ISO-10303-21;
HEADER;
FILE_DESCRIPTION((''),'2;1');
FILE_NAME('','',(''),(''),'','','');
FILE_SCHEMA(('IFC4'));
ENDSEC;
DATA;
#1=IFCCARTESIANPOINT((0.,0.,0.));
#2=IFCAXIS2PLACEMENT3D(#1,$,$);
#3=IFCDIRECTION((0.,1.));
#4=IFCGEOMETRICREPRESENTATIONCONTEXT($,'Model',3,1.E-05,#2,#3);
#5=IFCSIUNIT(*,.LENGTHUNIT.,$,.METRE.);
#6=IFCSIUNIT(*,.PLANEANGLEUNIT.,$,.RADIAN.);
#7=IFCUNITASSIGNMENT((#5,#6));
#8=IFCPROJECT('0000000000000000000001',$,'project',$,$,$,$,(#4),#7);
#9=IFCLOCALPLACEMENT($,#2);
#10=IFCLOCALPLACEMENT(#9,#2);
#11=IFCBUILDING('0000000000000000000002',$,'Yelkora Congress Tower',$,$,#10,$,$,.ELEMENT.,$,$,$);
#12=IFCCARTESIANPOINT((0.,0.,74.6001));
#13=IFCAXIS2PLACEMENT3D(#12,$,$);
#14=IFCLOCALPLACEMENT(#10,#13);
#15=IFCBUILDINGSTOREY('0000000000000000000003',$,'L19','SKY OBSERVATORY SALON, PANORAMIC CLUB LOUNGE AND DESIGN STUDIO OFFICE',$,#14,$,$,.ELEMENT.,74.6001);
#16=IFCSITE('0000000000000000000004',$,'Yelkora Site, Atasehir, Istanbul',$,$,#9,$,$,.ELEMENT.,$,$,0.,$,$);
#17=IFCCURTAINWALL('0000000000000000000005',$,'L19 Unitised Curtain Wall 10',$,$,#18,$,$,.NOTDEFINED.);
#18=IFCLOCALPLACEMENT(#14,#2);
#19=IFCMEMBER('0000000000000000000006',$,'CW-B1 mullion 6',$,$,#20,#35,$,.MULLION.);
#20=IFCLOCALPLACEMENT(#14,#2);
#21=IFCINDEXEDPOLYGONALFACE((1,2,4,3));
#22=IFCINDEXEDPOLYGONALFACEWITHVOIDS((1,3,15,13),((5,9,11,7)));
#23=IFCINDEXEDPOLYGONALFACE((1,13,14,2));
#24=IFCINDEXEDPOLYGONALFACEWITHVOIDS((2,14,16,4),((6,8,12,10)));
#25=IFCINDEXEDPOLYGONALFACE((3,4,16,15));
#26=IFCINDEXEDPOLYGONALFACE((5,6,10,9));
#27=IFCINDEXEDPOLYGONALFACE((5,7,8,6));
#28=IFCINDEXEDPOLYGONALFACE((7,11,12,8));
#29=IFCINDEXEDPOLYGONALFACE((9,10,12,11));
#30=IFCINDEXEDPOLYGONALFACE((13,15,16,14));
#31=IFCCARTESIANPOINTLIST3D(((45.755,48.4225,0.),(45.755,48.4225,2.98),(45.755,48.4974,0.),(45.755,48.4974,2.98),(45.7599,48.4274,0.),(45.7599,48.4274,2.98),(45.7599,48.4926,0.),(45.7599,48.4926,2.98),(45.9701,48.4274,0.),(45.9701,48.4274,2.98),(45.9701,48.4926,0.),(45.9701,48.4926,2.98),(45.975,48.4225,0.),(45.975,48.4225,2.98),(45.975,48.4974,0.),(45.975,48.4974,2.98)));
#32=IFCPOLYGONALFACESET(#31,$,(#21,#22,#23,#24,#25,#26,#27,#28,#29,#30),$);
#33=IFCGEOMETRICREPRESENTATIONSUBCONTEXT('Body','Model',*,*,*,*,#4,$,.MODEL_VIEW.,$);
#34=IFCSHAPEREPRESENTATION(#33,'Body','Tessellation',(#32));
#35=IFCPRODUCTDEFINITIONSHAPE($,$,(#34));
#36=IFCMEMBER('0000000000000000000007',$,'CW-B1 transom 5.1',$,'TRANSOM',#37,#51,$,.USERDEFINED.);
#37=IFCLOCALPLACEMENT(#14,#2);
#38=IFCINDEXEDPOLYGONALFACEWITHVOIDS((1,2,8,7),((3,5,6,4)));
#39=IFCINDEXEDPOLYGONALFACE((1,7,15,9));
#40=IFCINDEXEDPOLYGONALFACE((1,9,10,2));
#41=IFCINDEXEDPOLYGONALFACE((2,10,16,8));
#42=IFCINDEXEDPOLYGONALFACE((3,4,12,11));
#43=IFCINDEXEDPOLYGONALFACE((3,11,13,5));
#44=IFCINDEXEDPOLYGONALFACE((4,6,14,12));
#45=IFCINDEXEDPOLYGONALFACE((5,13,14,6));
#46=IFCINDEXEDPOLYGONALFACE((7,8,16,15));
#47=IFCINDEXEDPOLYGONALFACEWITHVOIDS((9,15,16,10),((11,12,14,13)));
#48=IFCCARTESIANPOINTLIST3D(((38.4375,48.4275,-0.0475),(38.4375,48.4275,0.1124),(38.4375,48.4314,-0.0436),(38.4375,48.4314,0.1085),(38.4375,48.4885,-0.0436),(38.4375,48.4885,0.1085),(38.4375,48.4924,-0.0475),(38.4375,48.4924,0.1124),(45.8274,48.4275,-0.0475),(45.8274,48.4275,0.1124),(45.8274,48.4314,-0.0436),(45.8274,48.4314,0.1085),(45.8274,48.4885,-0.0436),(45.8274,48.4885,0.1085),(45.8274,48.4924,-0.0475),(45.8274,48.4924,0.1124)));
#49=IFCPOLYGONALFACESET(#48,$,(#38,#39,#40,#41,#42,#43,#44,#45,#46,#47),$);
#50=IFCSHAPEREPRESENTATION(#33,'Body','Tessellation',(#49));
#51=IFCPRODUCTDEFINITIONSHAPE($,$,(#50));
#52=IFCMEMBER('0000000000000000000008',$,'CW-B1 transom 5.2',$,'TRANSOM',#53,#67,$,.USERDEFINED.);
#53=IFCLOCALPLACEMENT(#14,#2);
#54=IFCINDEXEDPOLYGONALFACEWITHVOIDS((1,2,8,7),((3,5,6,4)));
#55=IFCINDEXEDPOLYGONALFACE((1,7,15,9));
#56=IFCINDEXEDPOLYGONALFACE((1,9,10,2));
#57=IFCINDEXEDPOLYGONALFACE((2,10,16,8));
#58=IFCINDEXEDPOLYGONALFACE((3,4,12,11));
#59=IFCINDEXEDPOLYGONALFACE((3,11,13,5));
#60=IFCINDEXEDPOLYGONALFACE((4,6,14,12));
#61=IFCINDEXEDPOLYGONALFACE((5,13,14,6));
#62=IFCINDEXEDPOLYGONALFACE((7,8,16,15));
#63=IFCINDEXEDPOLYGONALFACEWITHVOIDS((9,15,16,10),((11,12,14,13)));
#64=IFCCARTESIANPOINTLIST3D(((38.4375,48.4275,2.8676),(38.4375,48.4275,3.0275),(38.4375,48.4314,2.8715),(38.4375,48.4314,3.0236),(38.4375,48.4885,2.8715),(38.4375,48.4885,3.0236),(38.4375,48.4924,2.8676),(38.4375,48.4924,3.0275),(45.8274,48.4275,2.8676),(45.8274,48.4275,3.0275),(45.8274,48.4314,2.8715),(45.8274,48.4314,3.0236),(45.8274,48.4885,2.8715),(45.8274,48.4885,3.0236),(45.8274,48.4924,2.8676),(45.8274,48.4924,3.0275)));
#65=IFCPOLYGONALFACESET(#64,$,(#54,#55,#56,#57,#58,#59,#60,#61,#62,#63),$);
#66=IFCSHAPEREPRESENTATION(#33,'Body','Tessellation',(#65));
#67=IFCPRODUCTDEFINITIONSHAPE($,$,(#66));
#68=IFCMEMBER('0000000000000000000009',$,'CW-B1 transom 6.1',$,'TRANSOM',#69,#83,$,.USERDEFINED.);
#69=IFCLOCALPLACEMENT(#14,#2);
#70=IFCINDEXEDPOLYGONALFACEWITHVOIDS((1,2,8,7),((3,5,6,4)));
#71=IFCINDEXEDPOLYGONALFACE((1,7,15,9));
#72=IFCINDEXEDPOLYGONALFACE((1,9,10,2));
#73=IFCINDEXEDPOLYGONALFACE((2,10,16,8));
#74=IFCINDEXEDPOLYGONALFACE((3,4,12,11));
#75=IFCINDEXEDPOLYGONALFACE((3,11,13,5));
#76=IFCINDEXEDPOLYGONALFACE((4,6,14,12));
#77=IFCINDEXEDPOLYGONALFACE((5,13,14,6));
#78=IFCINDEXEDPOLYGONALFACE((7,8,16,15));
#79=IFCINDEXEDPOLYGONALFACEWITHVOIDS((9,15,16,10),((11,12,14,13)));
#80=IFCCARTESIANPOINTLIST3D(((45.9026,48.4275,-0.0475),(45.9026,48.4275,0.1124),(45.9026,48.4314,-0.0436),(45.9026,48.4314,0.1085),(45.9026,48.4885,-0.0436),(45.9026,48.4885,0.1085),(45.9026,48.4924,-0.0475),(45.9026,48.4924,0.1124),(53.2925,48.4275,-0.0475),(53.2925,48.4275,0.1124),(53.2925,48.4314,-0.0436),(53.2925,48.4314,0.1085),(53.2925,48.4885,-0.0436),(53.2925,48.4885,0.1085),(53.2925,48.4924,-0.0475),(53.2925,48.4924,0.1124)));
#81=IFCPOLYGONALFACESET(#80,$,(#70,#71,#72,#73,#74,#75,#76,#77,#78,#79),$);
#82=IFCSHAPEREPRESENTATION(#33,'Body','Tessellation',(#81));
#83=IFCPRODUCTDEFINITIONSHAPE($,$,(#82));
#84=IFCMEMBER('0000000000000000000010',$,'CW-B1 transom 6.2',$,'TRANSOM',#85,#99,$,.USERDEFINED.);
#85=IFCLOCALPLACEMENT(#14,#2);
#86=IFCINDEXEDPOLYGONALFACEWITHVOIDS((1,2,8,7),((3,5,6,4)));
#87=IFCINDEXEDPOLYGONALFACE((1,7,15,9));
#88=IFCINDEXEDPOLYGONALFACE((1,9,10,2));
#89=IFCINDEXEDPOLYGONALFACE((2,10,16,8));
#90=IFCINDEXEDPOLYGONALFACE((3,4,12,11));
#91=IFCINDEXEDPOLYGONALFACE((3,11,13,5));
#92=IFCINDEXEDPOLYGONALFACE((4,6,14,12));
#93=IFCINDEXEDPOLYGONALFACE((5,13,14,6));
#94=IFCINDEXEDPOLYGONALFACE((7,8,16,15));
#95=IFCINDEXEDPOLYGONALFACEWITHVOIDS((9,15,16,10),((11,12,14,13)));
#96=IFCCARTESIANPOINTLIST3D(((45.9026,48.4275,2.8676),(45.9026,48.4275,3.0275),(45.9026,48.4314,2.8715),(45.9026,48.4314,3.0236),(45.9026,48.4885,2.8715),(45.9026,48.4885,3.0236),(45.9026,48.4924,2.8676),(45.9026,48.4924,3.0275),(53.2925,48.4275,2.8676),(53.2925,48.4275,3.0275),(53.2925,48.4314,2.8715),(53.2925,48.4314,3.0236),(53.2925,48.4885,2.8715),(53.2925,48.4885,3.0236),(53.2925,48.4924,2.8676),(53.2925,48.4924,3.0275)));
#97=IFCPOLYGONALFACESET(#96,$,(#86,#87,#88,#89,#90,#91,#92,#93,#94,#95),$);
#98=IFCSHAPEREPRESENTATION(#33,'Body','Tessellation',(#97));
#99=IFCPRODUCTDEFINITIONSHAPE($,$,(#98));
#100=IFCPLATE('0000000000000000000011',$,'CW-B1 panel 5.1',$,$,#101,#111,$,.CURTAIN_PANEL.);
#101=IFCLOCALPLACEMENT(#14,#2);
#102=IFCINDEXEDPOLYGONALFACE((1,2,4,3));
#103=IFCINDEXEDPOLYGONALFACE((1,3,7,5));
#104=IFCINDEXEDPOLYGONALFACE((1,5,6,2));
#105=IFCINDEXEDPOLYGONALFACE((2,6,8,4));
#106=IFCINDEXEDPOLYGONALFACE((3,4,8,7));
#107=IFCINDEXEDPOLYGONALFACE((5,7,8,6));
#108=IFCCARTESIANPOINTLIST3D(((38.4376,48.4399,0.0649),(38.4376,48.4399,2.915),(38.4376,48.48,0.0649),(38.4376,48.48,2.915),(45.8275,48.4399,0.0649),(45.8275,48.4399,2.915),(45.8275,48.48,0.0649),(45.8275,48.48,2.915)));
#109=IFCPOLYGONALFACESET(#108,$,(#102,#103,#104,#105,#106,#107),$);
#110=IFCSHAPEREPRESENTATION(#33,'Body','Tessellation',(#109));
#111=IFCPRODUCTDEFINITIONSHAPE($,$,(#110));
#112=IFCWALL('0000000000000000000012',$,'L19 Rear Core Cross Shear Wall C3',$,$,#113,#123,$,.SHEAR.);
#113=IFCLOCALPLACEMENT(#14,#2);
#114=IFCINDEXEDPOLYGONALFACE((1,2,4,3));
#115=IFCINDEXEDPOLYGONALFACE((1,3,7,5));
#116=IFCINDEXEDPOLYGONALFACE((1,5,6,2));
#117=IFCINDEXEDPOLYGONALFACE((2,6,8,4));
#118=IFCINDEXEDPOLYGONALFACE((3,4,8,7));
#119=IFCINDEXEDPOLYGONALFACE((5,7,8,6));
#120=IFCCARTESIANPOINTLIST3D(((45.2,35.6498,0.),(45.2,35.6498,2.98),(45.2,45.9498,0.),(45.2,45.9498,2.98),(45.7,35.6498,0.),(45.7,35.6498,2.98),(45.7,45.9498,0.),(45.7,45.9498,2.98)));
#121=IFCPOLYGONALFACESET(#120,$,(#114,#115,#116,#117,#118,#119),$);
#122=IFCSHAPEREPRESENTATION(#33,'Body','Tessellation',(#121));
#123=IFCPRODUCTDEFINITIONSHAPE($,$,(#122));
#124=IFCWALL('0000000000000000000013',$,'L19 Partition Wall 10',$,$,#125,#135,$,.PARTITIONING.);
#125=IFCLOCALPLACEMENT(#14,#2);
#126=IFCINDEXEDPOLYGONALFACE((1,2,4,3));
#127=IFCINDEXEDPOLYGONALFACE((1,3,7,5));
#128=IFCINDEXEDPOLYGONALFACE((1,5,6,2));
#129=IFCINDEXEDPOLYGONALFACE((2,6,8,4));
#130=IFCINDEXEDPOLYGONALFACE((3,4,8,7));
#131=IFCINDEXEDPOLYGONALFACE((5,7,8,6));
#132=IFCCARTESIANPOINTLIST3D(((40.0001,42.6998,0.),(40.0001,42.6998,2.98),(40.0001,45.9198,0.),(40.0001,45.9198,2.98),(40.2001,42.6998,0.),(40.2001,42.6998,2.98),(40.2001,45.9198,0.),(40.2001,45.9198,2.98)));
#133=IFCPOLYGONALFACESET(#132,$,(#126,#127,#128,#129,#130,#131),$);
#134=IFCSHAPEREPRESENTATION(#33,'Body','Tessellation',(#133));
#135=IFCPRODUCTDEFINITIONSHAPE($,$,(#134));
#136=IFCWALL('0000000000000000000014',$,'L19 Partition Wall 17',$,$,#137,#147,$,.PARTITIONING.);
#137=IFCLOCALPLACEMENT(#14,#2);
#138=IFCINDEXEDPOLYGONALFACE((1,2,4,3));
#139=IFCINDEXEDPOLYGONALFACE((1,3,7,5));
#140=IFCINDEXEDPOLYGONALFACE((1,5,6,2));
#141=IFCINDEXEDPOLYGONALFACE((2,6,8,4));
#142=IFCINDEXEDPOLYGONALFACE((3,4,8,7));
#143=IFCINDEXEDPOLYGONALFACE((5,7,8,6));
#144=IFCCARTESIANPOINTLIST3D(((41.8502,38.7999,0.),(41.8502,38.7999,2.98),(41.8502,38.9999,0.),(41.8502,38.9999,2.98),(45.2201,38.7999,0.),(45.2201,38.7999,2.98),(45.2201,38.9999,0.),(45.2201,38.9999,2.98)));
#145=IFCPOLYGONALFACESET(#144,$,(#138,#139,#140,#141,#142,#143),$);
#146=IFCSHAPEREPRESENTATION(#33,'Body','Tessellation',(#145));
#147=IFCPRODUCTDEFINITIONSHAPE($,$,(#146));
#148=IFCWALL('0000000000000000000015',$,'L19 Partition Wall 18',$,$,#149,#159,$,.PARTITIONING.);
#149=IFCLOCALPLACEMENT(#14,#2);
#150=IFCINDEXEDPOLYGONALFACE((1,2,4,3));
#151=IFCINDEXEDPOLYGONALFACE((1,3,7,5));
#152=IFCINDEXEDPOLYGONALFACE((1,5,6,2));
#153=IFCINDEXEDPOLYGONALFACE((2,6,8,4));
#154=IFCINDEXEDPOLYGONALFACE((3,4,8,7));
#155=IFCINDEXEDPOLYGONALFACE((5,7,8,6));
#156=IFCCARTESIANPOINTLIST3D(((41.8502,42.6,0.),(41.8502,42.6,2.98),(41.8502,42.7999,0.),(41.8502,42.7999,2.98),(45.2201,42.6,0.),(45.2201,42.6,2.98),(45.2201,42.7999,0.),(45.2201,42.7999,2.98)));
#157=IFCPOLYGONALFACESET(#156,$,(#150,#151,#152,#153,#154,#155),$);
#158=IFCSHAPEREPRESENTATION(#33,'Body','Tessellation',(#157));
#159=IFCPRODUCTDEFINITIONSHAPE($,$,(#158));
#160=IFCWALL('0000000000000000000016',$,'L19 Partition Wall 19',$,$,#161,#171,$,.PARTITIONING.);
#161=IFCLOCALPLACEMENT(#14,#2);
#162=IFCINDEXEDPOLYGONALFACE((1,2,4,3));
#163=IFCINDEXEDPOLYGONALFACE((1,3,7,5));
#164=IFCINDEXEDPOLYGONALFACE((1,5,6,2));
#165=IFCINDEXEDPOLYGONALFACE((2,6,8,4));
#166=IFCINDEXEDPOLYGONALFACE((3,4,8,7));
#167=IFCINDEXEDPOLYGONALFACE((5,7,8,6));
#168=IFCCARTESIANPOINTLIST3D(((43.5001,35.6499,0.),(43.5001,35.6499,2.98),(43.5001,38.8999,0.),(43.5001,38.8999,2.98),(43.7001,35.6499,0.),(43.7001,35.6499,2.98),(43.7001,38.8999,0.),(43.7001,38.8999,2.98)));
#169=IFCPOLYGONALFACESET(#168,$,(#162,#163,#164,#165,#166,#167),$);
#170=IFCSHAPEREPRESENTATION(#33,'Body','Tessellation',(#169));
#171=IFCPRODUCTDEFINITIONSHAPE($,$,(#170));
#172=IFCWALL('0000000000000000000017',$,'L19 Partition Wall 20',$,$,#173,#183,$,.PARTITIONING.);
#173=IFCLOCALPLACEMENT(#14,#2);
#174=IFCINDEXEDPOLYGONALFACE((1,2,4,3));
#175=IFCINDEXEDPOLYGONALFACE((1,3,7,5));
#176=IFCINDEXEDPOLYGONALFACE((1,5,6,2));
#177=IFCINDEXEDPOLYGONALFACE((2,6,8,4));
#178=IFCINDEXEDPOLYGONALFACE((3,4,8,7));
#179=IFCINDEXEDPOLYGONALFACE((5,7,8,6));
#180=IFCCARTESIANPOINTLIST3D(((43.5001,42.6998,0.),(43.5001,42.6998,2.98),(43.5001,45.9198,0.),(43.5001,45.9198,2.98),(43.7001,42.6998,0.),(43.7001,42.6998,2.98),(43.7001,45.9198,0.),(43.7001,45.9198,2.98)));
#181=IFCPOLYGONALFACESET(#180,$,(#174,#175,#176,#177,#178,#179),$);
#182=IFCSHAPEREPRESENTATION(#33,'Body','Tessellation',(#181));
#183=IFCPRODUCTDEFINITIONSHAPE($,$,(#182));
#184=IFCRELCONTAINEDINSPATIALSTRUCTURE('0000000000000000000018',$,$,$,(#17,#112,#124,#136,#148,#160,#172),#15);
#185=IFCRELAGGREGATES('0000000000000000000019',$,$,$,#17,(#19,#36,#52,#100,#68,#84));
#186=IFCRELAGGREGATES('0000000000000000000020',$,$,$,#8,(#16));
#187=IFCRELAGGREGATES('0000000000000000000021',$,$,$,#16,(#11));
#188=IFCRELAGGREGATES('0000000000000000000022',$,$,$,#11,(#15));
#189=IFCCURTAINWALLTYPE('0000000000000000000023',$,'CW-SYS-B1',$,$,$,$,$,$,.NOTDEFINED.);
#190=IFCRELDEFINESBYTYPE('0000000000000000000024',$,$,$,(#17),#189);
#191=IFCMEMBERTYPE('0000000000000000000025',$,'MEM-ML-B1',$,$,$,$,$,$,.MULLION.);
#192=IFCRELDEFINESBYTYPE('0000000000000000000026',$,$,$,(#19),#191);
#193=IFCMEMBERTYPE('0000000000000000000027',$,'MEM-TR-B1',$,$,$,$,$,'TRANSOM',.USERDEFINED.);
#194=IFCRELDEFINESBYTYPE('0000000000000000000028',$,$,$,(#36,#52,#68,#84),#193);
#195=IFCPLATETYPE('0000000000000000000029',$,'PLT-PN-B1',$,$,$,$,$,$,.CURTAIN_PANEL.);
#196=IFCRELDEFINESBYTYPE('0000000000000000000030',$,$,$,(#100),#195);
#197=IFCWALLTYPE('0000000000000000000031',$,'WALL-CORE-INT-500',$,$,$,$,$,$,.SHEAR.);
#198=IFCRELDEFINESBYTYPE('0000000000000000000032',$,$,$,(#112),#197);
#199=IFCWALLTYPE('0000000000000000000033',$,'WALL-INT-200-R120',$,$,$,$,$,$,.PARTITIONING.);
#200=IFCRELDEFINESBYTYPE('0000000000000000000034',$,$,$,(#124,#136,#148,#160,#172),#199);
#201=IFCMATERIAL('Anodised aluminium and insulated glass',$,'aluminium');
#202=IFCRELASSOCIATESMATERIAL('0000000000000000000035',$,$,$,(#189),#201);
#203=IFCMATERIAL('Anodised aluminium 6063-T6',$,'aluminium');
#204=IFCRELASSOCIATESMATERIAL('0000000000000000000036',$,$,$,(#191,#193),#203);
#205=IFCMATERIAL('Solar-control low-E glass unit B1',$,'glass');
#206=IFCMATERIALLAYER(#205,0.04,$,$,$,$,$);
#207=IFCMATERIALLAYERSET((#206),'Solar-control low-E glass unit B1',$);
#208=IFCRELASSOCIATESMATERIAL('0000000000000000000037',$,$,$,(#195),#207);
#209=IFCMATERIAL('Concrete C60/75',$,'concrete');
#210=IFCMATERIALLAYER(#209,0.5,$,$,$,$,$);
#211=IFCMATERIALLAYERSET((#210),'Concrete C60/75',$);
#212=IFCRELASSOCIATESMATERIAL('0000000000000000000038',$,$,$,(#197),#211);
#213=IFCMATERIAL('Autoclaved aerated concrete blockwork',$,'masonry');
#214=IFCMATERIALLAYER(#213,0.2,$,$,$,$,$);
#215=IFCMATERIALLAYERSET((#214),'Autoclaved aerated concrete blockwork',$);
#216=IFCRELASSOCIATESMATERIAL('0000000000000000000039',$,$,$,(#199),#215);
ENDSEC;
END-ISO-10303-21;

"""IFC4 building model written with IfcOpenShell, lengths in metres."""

from ifc_helpers import new_model, si_unit, direction, frame, frame_2d, origin, origin_2d, place, context, subcontext, project, spatial, rectangle, hollow_rectangle, extrude, material, layer, layer_set, material_profile, profile_set, type_object, element, aggregate, save


model = new_model("IFC4")

# Units and contexts
model_context = context("Model", 3, precision=1e-05, world=origin(), true_north=direction((0.0, 1.0)))
body_context = subcontext(model_context, "Body", "Model", "MODEL_VIEW")
ifc_project = project(units=[si_unit("LENGTHUNIT", "METRE"), si_unit("PLANEANGLEUNIT", "RADIAN")], contexts=[model_context])

# Site, building, storey
site_placement = place(None, origin())
site = spatial("IfcSite", under=ifc_project, at=site_placement, Name="Yelkora Site, Atasehir, Istanbul", CompositionType="ELEMENT", RefElevation=0.0)
building_placement = place(site_placement, origin())
building = spatial("IfcBuilding", under=site, at=building_placement, Name="Yelkora Congress Tower", CompositionType="ELEMENT")
storey_placement = place(building_placement, frame((0.0, 0.0, 74.6001)))
storey = spatial("IfcBuildingStorey", under=building, at=storey_placement, Name="L19", Description="SKY OBSERVATORY SALON, PANORAMIC CLUB LOUNGE AND DESIGN STUDIO OFFICE", CompositionType="ELEMENT", Elevation=74.6001)

# Shared definitions
ifc_material_1 = material(Name="Concrete C60/75", Category="concrete")

# Curtain wall, members, plate
ifc_material_2 = material(Name="Anodised aluminium and insulated glass", Category="aluminium")
curtain_wall_type = type_object("IfcCurtainWallType", Name="CW-SYS-B1", PredefinedType="NOTDEFINED", material=ifc_material_2)
curtain_wall_placement = place(storey_placement, origin())
curtain_wall = element("IfcCurtainWall", 1, at=curtain_wall_placement, inside=storey, type_object=curtain_wall_type, Name="L19 Unitised Curtain Wall 10", PredefinedType="NOTDEFINED")
ifc_material_3 = material(Name="Anodised aluminium 6063-T6", Category="aluminium")
ifc_material_profile_1 = material_profile(ifc_material_3, hollow_rectangle(XDim=0.075, YDim=0.22, WallThickness=0.0049, at=origin_2d()), Name="ALU 75x220x5")
ifc_profile_set_1 = profile_set([ifc_material_profile_1], Name="Anodised aluminium 6063-T6")
member_type_1 = type_object("IfcMemberType", Name="MEM-ML-B1", PredefinedType="MULLION", material=ifc_profile_set_1)
member_1_placement = place(storey_placement, frame((45.865, 48.46, 0.0), z_axis=(0.0, 0.0, 1.0), x_axis=(0.0, 1.0, 0.0)))
member_1 = element("IfcMember", 2, at=member_1_placement, type_object=member_type_1, Name="CW-B1 mullion 6", PredefinedType="MULLION", context=body_context, shape_type="SweptSolid", body=[
    extrude(hollow_rectangle(XDim=0.075, YDim=0.22, WallThickness=0.0049, at=origin_2d()), origin(), (0.0, 0.0, 1.0), 2.98),
])
ifc_material_profile_2 = material_profile(ifc_material_3, hollow_rectangle(XDim=0.0649, YDim=0.1599, WallThickness=0.0039, at=origin_2d()), Name="ALU 65x160x4")
ifc_profile_set_2 = profile_set([ifc_material_profile_2], Name="Anodised aluminium 6063-T6")
member_type_2 = type_object("IfcMemberType", Name="MEM-TR-B1", ElementType="TRANSOM", PredefinedType="USERDEFINED", material=ifc_profile_set_2)
member_2_placement = place(storey_placement, frame((38.4375, 48.46, 0.0325), z_axis=(1.0, 0.0, 0.0), x_axis=(0.0, 1.0, 0.0)))
member_2 = element("IfcMember", 3, at=member_2_placement, type_object=member_type_2, Name="CW-B1 transom 5.1", ObjectType="TRANSOM", PredefinedType="USERDEFINED", context=body_context, shape_type="SweptSolid", body=[
    extrude(hollow_rectangle(XDim=0.0649, YDim=0.1599, WallThickness=0.0039, at=origin_2d()), origin(), (0.0, 0.0, 1.0), 7.3899),
])
member_3_placement = place(storey_placement, frame((38.4375, 48.46, 2.9475), z_axis=(1.0, 0.0, 0.0), x_axis=(0.0, 1.0, 0.0)))
member_3 = element("IfcMember", 4, at=member_3_placement, type_object=member_type_2, Name="CW-B1 transom 5.2", ObjectType="TRANSOM", PredefinedType="USERDEFINED", context=body_context, shape_type="SweptSolid", body=[
    extrude(hollow_rectangle(XDim=0.0649, YDim=0.1599, WallThickness=0.0039, at=origin_2d()), origin(), (0.0, 0.0, 1.0), 7.3899),
])
member_4_placement = place(storey_placement, frame((45.9026, 48.46, 0.0325), z_axis=(1.0, 0.0, 0.0), x_axis=(0.0, 1.0, 0.0)))
member_4 = element("IfcMember", 5, at=member_4_placement, type_object=member_type_2, Name="CW-B1 transom 6.1", ObjectType="TRANSOM", PredefinedType="USERDEFINED", context=body_context, shape_type="SweptSolid", body=[
    extrude(hollow_rectangle(XDim=0.0649, YDim=0.1599, WallThickness=0.0039, at=origin_2d()), origin(), (0.0, 0.0, 1.0), 7.3899),
])
member_5_placement = place(storey_placement, frame((45.9026, 48.46, 2.9475), z_axis=(1.0, 0.0, 0.0), x_axis=(0.0, 1.0, 0.0)))
member_5 = element("IfcMember", 6, at=member_5_placement, type_object=member_type_2, Name="CW-B1 transom 6.2", ObjectType="TRANSOM", PredefinedType="USERDEFINED", context=body_context, shape_type="SweptSolid", body=[
    extrude(hollow_rectangle(XDim=0.0649, YDim=0.1599, WallThickness=0.0039, at=origin_2d()), origin(), (0.0, 0.0, 1.0), 7.3899),
])
ifc_material_4 = material(Name="Solar-control low-E glass unit B1", Category="glass")
ifc_layer_1 = layer(ifc_material_4, 0.04)
ifc_layer_set_1 = layer_set([ifc_layer_1], Name="Solar-control low-E glass unit B1")
plate_type = type_object("IfcPlateType", Name="PLT-PN-B1", PredefinedType="CURTAIN_PANEL", material=ifc_layer_set_1)
plate_placement = place(storey_placement, frame((42.1326, 48.46, 0.0649), z_axis=(0.0, 0.0, 1.0), x_axis=(1.0, 0.0, 0.0)))
plate = element("IfcPlate", 7, at=plate_placement, type_object=plate_type, Name="CW-B1 panel 5.1", PredefinedType="CURTAIN_PANEL", context=body_context, shape_type="SweptSolid", body=[
    extrude(rectangle(XDim=7.3899, YDim=0.04, at=origin_2d()), origin(), (0.0, 0.0, 1.0), 2.8501),
])
aggregate(curtain_wall, [member_1, member_2, member_3, plate, member_4, member_5])

# Wall
ifc_layer_2 = layer(ifc_material_1, 0.5)
ifc_layer_set_2 = layer_set([ifc_layer_2], Name="Concrete C60/75")
wall_type_1 = type_object("IfcWallType", Name="WALL-CORE-INT-500", PredefinedType="SHEAR", material=ifc_layer_set_2)
wall_1_placement = place(storey_placement, frame((45.45, 35.6499, 0.0), z_axis=(0.0, 0.0, 1.0), x_axis=(0.0, 1.0, 0.0)))
element("IfcWall", 8, at=wall_1_placement, inside=storey, type_object=wall_type_1, Name="L19 Rear Core Cross Shear Wall C3", PredefinedType="SHEAR", context=body_context, shape_type="SweptSolid", body=[
    extrude(rectangle(XDim=10.3, YDim=0.5, at=frame_2d((5.1499, 0.0))), origin(), (0.0, 0.0, 1.0), 2.98),
])

# Walls
ifc_material_5 = material(Name="Autoclaved aerated concrete blockwork", Category="masonry")
ifc_layer_3 = layer(ifc_material_5, 0.2)
ifc_layer_set_3 = layer_set([ifc_layer_3], Name="Autoclaved aerated concrete blockwork")
wall_type_2 = type_object("IfcWallType", Name="WALL-INT-200-R120", PredefinedType="PARTITIONING", material=ifc_layer_set_3)
wall_2_placement = place(storey_placement, frame((40.1001, 42.7, 0.0), z_axis=(0.0, 0.0, 1.0), x_axis=(0.0, 1.0, 0.0)))
element("IfcWall", 9, at=wall_2_placement, inside=storey, type_object=wall_type_2, Name="L19 Partition Wall 10", PredefinedType="PARTITIONING", context=body_context, shape_type="SweptSolid", body=[
    extrude(rectangle(XDim=3.22, YDim=0.2, at=frame_2d((1.6099, 0.0))), origin(), (0.0, 0.0, 1.0), 2.98),
])
for number, where, z_axis, x_axis, name in (
    (10, (41.8501, 38.8999, 0.0), (0.0, 0.0, 1.0), (1.0, 0.0, 0.0), "L19 Partition Wall 17"),
    (11, (41.8501, 42.7, 0.0), (0.0, 0.0, 1.0), (1.0, 0.0, 0.0), "L19 Partition Wall 18"),
):
    element("IfcWall", number, at=place(storey_placement, frame(where, z_axis=z_axis, x_axis=x_axis)), inside=storey, type_object=wall_type_2, Name=name, PredefinedType="PARTITIONING", context=body_context, shape_type="SweptSolid", body=[
        extrude(rectangle(XDim=3.3699, YDim=0.2, at=frame_2d((1.6851, 0.0))), origin(), (0.0, 0.0, 1.0), 2.98),
    ])
wall_3_placement = place(storey_placement, frame((43.6001, 35.6499, 0.0), z_axis=(0.0, 0.0, 1.0), x_axis=(0.0, 1.0, 0.0)))
element("IfcWall", 12, at=wall_3_placement, inside=storey, type_object=wall_type_2, Name="L19 Partition Wall 19", PredefinedType="PARTITIONING", context=body_context, shape_type="SweptSolid", body=[
    extrude(rectangle(XDim=3.25, YDim=0.2, at=frame_2d((1.625, 0.0))), origin(), (0.0, 0.0, 1.0), 2.98),
])
wall_4_placement = place(storey_placement, frame((43.6001, 42.7, 0.0), z_axis=(0.0, 0.0, 1.0), x_axis=(0.0, 1.0, 0.0)))
element("IfcWall", 13, at=wall_4_placement, inside=storey, type_object=wall_type_2, Name="L19 Partition Wall 20", PredefinedType="PARTITIONING", context=body_context, shape_type="SweptSolid", body=[
    extrude(rectangle(XDim=3.22, YDim=0.2, at=frame_2d((1.6099, 0.0))), origin(), (0.0, 0.0, 1.0), 2.98),
])

save(model, "model.ifc")
